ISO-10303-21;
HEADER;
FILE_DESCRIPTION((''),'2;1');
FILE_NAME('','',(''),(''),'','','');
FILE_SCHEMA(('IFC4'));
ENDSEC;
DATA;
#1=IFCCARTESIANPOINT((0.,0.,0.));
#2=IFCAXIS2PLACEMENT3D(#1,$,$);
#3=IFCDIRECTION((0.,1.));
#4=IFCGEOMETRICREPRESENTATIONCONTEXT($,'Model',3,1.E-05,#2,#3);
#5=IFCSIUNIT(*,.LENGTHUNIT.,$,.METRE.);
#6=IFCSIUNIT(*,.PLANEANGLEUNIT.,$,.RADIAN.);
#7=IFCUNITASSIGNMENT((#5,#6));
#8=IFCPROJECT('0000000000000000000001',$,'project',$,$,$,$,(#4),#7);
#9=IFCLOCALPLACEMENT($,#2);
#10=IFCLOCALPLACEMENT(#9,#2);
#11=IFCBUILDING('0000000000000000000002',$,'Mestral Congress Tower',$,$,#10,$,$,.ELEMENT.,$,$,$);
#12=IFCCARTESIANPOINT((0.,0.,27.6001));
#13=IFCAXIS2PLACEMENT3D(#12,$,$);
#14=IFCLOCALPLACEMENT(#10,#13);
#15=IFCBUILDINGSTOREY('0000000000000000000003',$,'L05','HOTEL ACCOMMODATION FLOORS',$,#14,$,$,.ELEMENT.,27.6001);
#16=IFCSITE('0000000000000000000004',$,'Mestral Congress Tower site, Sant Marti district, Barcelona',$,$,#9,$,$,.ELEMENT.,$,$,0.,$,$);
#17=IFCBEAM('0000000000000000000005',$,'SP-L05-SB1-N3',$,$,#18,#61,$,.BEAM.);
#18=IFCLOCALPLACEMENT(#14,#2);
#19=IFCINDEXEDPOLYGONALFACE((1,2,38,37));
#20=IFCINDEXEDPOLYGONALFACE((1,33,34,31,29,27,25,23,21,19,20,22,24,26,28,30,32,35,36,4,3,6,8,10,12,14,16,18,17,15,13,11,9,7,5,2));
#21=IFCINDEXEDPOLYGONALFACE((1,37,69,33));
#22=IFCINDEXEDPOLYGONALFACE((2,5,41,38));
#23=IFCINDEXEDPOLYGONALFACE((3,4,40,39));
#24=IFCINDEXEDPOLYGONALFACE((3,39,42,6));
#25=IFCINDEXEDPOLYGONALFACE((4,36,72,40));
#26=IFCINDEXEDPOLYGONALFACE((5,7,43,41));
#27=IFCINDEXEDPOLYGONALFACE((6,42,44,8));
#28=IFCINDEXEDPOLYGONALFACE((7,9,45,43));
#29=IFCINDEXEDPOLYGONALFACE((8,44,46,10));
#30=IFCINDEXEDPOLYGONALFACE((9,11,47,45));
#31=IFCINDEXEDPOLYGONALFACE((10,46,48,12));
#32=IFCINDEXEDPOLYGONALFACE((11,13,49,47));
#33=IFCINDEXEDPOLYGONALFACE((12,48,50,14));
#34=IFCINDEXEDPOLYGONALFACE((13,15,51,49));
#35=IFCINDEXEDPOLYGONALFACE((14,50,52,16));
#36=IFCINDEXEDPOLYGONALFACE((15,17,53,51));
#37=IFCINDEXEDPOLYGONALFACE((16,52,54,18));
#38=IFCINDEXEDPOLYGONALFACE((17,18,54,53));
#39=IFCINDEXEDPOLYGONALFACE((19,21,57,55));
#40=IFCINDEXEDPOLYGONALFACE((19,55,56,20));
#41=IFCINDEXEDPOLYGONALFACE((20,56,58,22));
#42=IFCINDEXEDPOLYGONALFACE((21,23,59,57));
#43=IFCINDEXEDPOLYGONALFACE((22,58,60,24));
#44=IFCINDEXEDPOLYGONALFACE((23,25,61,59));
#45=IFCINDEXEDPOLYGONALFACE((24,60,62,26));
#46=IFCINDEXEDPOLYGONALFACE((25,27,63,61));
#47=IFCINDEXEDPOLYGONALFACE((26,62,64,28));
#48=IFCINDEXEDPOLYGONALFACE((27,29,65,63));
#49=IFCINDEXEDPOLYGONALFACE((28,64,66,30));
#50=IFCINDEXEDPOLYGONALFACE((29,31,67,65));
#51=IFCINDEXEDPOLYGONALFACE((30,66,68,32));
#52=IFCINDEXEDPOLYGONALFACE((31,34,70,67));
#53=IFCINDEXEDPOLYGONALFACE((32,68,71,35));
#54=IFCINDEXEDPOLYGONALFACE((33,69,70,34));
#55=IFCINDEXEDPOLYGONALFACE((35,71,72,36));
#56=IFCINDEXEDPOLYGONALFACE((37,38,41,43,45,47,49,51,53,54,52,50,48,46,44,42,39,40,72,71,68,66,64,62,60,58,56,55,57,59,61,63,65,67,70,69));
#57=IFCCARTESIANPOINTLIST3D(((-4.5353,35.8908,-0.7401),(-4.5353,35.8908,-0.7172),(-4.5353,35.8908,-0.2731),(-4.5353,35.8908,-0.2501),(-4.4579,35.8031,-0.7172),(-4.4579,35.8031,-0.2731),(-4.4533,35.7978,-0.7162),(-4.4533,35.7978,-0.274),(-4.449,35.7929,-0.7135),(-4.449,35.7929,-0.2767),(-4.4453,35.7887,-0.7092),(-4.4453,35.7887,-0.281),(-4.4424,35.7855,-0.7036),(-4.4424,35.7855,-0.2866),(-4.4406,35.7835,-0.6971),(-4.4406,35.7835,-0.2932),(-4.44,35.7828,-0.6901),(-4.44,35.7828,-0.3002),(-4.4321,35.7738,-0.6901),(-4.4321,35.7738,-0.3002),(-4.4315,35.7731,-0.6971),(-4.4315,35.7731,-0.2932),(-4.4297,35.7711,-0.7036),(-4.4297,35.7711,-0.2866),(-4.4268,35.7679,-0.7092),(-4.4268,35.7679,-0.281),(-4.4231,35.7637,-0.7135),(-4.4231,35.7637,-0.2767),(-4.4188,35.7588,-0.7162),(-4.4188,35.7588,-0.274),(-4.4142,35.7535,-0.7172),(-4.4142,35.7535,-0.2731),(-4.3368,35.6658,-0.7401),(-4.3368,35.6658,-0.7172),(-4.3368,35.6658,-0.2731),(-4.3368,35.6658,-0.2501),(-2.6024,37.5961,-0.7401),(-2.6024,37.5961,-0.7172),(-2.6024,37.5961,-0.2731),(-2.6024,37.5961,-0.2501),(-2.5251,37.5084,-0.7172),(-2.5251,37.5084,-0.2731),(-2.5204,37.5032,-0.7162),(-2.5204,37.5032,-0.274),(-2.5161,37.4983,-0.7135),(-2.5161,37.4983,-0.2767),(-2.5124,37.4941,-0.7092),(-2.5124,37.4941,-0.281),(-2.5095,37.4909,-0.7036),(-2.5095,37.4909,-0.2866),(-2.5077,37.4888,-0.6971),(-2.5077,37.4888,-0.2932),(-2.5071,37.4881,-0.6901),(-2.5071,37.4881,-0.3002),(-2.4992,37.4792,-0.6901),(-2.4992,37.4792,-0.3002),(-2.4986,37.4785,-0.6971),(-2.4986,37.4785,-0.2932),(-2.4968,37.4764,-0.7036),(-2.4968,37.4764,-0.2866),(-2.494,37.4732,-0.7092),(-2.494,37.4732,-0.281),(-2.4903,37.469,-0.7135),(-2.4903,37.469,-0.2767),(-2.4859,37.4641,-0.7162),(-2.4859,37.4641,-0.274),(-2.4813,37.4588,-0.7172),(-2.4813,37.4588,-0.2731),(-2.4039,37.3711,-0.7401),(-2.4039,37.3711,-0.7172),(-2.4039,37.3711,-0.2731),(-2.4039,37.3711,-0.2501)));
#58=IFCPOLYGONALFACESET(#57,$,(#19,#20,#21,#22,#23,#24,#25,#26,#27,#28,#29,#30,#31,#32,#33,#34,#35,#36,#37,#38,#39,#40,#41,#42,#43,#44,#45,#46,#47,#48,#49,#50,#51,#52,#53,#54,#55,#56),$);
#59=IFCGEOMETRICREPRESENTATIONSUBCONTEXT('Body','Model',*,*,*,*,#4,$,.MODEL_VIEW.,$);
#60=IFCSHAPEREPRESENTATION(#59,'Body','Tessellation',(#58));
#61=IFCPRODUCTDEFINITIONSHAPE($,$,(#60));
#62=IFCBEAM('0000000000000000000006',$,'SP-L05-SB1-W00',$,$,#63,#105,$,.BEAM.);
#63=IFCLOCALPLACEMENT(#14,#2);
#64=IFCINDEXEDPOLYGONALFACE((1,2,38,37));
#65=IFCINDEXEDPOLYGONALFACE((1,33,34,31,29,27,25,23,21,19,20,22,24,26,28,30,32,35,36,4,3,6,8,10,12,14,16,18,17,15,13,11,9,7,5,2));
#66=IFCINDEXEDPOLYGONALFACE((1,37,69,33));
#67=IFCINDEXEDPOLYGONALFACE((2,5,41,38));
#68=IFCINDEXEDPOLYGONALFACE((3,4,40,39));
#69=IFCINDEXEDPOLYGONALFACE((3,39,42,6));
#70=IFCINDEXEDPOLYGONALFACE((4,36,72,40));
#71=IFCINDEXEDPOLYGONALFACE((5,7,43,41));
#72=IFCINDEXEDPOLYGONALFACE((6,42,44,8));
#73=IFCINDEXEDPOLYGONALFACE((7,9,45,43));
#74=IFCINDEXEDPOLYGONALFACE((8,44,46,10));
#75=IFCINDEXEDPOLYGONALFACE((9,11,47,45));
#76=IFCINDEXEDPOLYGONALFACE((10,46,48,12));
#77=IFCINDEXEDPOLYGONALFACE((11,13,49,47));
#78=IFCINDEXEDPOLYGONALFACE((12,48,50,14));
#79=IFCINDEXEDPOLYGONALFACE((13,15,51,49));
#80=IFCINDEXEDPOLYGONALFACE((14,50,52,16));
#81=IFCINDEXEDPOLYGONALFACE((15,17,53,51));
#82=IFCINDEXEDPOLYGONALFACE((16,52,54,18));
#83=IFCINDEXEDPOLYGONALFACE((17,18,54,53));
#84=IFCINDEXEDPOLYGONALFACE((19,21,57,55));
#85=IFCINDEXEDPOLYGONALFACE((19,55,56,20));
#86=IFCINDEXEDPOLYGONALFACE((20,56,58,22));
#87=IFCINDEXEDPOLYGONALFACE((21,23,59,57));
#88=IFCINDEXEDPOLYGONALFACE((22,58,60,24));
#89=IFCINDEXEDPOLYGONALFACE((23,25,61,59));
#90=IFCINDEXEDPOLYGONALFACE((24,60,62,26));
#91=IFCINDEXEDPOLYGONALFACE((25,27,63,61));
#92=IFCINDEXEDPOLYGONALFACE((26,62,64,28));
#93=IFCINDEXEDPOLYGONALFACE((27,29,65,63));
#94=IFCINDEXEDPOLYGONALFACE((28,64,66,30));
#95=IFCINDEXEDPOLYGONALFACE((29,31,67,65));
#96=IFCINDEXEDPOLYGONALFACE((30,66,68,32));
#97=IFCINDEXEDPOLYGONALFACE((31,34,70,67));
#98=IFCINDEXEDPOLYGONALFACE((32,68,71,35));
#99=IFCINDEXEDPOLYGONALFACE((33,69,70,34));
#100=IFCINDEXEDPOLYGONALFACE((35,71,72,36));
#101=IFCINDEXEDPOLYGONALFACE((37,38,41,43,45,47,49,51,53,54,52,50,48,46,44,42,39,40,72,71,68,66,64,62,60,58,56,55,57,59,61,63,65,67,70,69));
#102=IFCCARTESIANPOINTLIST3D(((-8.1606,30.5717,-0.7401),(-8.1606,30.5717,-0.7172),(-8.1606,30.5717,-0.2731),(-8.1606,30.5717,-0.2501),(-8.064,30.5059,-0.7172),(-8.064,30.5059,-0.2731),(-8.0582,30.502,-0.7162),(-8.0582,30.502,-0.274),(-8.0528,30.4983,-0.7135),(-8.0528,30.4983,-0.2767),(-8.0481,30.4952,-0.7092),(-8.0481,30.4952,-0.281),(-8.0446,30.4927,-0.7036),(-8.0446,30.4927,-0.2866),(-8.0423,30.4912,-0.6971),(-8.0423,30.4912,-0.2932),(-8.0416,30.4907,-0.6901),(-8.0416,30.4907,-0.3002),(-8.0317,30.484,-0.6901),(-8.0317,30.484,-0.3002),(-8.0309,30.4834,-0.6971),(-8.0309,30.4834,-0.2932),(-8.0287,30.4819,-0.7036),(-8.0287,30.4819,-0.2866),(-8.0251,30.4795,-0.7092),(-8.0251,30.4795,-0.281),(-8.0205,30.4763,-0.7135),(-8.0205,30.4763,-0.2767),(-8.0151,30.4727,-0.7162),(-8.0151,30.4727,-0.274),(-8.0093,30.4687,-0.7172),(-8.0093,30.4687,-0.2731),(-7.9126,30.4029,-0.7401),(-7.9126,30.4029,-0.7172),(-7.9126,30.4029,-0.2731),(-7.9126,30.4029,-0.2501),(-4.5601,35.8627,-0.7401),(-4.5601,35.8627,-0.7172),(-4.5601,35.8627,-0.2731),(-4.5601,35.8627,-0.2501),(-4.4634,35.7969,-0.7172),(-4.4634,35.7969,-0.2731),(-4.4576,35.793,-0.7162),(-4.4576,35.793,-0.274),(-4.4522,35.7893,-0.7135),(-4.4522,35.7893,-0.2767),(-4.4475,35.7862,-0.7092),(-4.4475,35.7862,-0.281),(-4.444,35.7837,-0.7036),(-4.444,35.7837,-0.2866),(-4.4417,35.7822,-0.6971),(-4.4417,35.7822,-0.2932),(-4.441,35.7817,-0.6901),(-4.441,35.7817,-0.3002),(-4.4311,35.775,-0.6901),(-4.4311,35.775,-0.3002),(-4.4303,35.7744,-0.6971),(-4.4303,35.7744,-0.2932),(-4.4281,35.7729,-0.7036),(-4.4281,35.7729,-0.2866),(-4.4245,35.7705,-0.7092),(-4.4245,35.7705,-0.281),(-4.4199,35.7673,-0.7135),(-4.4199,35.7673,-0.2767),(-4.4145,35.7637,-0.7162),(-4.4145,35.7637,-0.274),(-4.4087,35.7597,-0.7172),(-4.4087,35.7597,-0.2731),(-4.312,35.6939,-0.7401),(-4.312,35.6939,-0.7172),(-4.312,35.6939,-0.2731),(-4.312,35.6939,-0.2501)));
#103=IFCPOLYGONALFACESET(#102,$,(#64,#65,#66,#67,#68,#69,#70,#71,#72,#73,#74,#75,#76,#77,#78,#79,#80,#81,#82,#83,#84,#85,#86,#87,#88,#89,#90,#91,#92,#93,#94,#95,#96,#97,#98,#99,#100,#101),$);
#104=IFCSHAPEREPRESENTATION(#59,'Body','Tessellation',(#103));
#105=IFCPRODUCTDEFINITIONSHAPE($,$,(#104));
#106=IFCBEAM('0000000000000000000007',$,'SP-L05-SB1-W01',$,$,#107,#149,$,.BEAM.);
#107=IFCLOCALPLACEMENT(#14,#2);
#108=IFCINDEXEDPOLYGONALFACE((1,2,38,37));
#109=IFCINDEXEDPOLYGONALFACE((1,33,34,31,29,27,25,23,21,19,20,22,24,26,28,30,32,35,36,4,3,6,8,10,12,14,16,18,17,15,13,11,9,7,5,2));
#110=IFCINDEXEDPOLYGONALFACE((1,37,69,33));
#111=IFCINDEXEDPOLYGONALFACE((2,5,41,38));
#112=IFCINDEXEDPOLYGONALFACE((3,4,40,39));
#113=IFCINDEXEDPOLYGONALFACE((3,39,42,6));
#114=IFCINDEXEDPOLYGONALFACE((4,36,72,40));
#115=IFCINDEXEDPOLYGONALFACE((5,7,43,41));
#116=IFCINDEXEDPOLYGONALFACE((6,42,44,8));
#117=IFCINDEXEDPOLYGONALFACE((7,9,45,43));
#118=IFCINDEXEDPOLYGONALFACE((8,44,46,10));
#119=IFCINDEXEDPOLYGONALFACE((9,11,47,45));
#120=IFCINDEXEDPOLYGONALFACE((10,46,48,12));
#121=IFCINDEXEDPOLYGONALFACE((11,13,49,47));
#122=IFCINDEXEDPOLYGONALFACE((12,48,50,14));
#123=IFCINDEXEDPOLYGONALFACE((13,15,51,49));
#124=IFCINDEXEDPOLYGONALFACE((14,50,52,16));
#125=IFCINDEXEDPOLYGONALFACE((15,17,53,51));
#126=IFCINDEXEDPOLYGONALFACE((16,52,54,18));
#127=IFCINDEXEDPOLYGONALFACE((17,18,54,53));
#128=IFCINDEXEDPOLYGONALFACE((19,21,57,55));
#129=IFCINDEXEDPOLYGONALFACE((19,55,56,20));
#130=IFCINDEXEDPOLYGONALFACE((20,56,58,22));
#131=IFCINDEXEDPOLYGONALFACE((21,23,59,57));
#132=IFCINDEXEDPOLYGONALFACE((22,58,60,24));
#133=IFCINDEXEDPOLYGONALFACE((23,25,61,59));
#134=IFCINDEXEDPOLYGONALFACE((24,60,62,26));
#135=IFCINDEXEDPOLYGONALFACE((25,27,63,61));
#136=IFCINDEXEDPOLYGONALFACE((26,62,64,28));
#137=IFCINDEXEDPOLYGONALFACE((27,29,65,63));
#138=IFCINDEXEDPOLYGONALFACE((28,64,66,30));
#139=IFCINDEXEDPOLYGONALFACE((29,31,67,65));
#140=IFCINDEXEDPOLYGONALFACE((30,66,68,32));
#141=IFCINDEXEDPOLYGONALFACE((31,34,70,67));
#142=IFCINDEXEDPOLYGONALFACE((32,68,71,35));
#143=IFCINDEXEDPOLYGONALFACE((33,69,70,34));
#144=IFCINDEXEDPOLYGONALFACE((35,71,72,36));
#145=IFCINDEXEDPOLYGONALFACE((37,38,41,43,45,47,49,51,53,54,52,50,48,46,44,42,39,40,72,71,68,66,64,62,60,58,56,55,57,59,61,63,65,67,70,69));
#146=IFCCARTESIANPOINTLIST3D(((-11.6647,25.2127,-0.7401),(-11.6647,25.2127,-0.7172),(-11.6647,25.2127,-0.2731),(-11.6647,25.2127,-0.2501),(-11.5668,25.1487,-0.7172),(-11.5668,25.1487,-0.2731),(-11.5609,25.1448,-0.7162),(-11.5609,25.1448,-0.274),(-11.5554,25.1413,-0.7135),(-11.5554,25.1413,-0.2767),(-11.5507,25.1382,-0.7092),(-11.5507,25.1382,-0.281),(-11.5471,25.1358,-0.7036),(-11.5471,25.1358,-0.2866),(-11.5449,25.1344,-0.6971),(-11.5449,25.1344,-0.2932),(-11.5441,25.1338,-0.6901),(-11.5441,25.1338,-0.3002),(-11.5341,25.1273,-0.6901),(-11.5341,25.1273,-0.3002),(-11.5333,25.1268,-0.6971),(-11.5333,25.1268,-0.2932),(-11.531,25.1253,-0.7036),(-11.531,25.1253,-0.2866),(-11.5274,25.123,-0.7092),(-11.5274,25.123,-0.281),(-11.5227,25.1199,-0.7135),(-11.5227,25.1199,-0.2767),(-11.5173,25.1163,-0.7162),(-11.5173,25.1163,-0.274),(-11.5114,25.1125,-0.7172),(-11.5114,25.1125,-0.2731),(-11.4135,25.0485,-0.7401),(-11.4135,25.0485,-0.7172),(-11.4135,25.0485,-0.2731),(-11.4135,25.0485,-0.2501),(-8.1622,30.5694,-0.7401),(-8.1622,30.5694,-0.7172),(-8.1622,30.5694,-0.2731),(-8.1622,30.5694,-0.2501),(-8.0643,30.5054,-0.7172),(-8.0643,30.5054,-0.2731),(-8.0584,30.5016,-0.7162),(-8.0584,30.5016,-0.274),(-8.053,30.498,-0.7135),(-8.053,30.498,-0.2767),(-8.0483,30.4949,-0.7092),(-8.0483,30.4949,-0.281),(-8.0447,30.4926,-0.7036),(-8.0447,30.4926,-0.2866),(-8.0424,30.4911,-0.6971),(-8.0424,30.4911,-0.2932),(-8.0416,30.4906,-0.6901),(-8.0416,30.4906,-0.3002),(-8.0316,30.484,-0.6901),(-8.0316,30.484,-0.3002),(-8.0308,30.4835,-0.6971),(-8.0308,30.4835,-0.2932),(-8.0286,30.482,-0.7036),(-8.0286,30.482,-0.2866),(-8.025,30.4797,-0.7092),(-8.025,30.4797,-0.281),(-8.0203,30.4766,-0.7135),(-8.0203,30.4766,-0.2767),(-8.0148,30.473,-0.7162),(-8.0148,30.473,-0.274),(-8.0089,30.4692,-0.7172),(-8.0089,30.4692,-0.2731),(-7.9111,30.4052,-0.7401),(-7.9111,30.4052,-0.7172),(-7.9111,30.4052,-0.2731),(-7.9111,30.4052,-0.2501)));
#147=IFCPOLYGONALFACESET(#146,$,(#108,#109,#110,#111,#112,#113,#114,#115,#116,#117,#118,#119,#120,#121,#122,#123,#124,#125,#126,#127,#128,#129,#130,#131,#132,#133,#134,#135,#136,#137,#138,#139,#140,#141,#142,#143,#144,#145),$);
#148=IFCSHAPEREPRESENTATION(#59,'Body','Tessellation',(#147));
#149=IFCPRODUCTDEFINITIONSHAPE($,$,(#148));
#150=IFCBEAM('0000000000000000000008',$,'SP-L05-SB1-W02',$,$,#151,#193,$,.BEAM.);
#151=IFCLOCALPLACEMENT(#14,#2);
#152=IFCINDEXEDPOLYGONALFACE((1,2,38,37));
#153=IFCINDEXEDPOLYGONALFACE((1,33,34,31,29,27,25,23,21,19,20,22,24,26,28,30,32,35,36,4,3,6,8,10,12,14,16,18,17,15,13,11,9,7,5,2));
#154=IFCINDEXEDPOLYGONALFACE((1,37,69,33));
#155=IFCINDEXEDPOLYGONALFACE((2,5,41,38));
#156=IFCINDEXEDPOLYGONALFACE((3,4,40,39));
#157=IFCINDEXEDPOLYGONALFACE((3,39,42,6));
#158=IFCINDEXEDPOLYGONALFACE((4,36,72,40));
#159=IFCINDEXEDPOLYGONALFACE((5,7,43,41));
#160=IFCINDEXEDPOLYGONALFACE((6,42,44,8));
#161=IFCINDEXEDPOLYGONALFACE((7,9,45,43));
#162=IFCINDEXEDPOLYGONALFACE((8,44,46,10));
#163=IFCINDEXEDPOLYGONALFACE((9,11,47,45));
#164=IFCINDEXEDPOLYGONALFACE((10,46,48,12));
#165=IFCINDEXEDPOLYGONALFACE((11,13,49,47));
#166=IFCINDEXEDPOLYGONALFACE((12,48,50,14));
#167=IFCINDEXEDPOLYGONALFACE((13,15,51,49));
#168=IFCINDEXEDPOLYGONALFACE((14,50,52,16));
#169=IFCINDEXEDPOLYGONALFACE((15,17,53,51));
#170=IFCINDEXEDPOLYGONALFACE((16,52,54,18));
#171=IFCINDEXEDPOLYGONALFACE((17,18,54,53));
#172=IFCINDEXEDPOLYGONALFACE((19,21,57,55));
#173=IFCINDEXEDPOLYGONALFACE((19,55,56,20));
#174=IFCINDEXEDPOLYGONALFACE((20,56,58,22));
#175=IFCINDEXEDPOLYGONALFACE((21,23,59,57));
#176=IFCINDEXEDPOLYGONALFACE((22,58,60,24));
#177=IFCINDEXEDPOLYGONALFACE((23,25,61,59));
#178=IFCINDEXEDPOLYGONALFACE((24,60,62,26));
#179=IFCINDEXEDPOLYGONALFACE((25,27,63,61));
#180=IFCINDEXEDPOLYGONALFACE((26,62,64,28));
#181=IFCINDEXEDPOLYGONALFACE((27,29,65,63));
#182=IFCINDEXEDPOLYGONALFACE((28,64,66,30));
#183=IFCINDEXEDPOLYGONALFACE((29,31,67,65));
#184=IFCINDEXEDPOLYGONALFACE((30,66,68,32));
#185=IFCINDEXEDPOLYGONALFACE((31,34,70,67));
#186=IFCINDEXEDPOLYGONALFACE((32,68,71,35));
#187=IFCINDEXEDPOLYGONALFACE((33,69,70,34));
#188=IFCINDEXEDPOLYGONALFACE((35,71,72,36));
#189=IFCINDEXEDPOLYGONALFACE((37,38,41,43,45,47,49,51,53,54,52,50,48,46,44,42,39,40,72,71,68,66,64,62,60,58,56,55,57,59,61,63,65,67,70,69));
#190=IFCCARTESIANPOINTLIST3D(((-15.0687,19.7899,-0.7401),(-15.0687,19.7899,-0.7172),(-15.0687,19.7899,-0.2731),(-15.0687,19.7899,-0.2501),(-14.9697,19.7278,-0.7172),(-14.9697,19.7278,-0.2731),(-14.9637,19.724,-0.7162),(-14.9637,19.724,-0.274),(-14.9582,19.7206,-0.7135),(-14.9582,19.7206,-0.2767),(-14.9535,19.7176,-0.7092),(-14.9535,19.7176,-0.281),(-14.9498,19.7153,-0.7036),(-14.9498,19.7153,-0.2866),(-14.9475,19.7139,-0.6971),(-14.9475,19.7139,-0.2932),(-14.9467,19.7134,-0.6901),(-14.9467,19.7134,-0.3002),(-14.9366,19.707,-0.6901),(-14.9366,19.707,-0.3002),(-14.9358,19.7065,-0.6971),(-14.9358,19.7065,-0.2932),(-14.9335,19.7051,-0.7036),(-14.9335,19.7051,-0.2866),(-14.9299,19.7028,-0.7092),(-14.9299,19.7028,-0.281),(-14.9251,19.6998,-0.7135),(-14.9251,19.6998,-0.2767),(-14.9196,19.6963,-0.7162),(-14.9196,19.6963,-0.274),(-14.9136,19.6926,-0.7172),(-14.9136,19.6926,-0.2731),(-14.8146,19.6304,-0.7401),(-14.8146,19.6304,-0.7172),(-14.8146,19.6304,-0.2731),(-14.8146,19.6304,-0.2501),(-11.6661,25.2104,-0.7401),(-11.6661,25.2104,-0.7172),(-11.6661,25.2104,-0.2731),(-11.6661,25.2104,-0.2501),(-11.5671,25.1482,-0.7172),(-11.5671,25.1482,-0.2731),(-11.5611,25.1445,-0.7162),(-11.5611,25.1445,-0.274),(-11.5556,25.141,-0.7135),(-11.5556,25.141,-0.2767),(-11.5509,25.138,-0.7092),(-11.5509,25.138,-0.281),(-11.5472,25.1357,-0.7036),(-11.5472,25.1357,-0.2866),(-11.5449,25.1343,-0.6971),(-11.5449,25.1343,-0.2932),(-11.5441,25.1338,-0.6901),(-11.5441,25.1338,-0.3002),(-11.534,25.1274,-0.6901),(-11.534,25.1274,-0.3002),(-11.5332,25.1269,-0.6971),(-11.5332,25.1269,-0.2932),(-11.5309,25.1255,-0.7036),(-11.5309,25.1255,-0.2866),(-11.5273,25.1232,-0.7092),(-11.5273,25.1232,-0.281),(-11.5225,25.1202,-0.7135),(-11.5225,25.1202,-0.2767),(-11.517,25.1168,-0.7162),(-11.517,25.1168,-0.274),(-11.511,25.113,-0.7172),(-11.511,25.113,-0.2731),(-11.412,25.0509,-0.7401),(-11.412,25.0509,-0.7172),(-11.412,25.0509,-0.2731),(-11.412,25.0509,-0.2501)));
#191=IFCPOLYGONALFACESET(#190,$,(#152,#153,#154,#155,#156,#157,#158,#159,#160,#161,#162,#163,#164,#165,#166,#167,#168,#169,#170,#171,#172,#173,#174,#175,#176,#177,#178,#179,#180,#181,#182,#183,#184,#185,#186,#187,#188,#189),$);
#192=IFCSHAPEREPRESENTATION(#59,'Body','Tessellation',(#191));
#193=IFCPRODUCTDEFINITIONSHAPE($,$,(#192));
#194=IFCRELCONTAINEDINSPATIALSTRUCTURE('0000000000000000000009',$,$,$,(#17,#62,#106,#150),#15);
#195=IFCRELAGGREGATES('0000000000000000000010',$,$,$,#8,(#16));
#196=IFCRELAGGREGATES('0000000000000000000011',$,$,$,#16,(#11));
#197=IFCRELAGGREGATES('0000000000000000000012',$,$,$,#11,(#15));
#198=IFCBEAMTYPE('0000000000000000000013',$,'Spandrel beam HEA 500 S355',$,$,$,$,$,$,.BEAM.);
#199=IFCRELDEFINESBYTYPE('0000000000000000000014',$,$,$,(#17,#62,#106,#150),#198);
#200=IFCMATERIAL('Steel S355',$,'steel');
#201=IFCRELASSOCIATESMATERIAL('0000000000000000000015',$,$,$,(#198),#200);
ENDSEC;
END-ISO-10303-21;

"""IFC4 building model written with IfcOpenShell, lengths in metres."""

from ifc_helpers import new_model, si_unit, direction, frame, origin, origin_2d, place, context, subcontext, project, spatial, i_section, extrude, material, material_profile, profile_set, type_object, element, save


model = new_model("IFC4")

# Units and contexts
model_context = context("Model", 3, precision=1e-05, world=origin(), true_north=direction((0.0, 1.0)))
body_context = subcontext(model_context, "Body", "Model", "MODEL_VIEW")
ifc_project = project(units=[si_unit("LENGTHUNIT", "METRE"), si_unit("PLANEANGLEUNIT", "RADIAN")], contexts=[model_context])

# Site, building, storey
site_placement = place(None, origin())
site = spatial("IfcSite", under=ifc_project, at=site_placement, Name="Mestral Congress Tower site, Sant Marti district, Barcelona", CompositionType="ELEMENT", RefElevation=0.0)
building_placement = place(site_placement, origin())
building = spatial("IfcBuilding", under=site, at=building_placement, Name="Mestral Congress Tower", CompositionType="ELEMENT")
storey_placement = place(building_placement, frame((0.0, 0.0, 27.6001)))
storey = spatial("IfcBuildingStorey", under=building, at=storey_placement, Name="L05", Description="HOTEL ACCOMMODATION FLOORS", CompositionType="ELEMENT", Elevation=27.6001)

# Beams
ifc_material_1 = material(Name="Steel S355", Category="steel")
ifc_material_profile_1 = material_profile(ifc_material_1, i_section(OverallWidth=0.3, OverallDepth=0.49, WebThickness=0.012, FlangeThickness=0.0229, FilletRadius=0.0271, at=origin_2d()), Name="HEA 500")
ifc_profile_set_1 = profile_set([ifc_material_profile_1], Name="Steel S355")
beam_type_1 = type_object("IfcBeamType", Name="Spandrel beam HEA 500 S355", PredefinedType="BEAM", material=ifc_profile_set_1)
beam_1_placement = place(storey_placement, frame((-2.5032, 37.4836, -0.4951), z_axis=(-0.749865, -0.66159, 0.0), x_axis=(0.66159, -0.749865, 0.0)))
element("IfcBeam", 1, at=beam_1_placement, inside=storey, type_object=beam_type_1, Name="SP-L05-SB1-N3", PredefinedType="BEAM", context=body_context, shape_type="SweptSolid", body=[
    extrude(i_section(OverallWidth=0.3, OverallDepth=0.49, WebThickness=0.012, FlangeThickness=0.0229, FilletRadius=0.0271, at=origin_2d()), origin(), (0.0, 0.0, 1.0), 2.5776),
])
beam_2_placement = place(storey_placement, frame((-4.436, 35.7783, -0.4951), z_axis=(-0.562598, -0.826731, 0.0), x_axis=(0.826731, -0.562598, 0.0)))
element("IfcBeam", 2, at=beam_2_placement, inside=storey, type_object=beam_type_1, Name="SP-L05-SB1-W00", PredefinedType="BEAM", context=body_context, shape_type="SweptSolid", body=[
    extrude(i_section(OverallWidth=0.3, OverallDepth=0.49, WebThickness=0.012, FlangeThickness=0.0229, FilletRadius=0.0271, at=origin_2d()), origin(), (0.0, 0.0, 1.0), 6.3999),
])
beam_3_placement = place(storey_placement, frame((-8.0366, 30.4873, -0.4951), z_axis=(-0.547248, -0.83697, 0.0), x_axis=(0.83697, -0.547248, 0.0)))
element("IfcBeam", 3, at=beam_3_placement, inside=storey, type_object=beam_type_1, Name="SP-L05-SB1-W01", PredefinedType="BEAM", context=body_context, shape_type="SweptSolid", body=[
    extrude(i_section(OverallWidth=0.3, OverallDepth=0.49, WebThickness=0.012, FlangeThickness=0.0229, FilletRadius=0.0271, at=origin_2d()), origin(), (0.0, 0.0, 1.0), 6.4001),
])
beam_4_placement = place(storey_placement, frame((-11.5391, 25.1306, -0.4951), z_axis=(-0.531664, -0.846955, 0.0), x_axis=(0.846955, -0.531664, 0.0)))
element("IfcBeam", 4, at=beam_4_placement, inside=storey, type_object=beam_type_1, Name="SP-L05-SB1-W02", PredefinedType="BEAM", context=body_context, shape_type="SweptSolid", body=[
    extrude(i_section(OverallWidth=0.3, OverallDepth=0.49, WebThickness=0.012, FlangeThickness=0.0229, FilletRadius=0.0271, at=origin_2d()), origin(), (0.0, 0.0, 1.0), 6.3999),
])

save(model, "model.ifc")
